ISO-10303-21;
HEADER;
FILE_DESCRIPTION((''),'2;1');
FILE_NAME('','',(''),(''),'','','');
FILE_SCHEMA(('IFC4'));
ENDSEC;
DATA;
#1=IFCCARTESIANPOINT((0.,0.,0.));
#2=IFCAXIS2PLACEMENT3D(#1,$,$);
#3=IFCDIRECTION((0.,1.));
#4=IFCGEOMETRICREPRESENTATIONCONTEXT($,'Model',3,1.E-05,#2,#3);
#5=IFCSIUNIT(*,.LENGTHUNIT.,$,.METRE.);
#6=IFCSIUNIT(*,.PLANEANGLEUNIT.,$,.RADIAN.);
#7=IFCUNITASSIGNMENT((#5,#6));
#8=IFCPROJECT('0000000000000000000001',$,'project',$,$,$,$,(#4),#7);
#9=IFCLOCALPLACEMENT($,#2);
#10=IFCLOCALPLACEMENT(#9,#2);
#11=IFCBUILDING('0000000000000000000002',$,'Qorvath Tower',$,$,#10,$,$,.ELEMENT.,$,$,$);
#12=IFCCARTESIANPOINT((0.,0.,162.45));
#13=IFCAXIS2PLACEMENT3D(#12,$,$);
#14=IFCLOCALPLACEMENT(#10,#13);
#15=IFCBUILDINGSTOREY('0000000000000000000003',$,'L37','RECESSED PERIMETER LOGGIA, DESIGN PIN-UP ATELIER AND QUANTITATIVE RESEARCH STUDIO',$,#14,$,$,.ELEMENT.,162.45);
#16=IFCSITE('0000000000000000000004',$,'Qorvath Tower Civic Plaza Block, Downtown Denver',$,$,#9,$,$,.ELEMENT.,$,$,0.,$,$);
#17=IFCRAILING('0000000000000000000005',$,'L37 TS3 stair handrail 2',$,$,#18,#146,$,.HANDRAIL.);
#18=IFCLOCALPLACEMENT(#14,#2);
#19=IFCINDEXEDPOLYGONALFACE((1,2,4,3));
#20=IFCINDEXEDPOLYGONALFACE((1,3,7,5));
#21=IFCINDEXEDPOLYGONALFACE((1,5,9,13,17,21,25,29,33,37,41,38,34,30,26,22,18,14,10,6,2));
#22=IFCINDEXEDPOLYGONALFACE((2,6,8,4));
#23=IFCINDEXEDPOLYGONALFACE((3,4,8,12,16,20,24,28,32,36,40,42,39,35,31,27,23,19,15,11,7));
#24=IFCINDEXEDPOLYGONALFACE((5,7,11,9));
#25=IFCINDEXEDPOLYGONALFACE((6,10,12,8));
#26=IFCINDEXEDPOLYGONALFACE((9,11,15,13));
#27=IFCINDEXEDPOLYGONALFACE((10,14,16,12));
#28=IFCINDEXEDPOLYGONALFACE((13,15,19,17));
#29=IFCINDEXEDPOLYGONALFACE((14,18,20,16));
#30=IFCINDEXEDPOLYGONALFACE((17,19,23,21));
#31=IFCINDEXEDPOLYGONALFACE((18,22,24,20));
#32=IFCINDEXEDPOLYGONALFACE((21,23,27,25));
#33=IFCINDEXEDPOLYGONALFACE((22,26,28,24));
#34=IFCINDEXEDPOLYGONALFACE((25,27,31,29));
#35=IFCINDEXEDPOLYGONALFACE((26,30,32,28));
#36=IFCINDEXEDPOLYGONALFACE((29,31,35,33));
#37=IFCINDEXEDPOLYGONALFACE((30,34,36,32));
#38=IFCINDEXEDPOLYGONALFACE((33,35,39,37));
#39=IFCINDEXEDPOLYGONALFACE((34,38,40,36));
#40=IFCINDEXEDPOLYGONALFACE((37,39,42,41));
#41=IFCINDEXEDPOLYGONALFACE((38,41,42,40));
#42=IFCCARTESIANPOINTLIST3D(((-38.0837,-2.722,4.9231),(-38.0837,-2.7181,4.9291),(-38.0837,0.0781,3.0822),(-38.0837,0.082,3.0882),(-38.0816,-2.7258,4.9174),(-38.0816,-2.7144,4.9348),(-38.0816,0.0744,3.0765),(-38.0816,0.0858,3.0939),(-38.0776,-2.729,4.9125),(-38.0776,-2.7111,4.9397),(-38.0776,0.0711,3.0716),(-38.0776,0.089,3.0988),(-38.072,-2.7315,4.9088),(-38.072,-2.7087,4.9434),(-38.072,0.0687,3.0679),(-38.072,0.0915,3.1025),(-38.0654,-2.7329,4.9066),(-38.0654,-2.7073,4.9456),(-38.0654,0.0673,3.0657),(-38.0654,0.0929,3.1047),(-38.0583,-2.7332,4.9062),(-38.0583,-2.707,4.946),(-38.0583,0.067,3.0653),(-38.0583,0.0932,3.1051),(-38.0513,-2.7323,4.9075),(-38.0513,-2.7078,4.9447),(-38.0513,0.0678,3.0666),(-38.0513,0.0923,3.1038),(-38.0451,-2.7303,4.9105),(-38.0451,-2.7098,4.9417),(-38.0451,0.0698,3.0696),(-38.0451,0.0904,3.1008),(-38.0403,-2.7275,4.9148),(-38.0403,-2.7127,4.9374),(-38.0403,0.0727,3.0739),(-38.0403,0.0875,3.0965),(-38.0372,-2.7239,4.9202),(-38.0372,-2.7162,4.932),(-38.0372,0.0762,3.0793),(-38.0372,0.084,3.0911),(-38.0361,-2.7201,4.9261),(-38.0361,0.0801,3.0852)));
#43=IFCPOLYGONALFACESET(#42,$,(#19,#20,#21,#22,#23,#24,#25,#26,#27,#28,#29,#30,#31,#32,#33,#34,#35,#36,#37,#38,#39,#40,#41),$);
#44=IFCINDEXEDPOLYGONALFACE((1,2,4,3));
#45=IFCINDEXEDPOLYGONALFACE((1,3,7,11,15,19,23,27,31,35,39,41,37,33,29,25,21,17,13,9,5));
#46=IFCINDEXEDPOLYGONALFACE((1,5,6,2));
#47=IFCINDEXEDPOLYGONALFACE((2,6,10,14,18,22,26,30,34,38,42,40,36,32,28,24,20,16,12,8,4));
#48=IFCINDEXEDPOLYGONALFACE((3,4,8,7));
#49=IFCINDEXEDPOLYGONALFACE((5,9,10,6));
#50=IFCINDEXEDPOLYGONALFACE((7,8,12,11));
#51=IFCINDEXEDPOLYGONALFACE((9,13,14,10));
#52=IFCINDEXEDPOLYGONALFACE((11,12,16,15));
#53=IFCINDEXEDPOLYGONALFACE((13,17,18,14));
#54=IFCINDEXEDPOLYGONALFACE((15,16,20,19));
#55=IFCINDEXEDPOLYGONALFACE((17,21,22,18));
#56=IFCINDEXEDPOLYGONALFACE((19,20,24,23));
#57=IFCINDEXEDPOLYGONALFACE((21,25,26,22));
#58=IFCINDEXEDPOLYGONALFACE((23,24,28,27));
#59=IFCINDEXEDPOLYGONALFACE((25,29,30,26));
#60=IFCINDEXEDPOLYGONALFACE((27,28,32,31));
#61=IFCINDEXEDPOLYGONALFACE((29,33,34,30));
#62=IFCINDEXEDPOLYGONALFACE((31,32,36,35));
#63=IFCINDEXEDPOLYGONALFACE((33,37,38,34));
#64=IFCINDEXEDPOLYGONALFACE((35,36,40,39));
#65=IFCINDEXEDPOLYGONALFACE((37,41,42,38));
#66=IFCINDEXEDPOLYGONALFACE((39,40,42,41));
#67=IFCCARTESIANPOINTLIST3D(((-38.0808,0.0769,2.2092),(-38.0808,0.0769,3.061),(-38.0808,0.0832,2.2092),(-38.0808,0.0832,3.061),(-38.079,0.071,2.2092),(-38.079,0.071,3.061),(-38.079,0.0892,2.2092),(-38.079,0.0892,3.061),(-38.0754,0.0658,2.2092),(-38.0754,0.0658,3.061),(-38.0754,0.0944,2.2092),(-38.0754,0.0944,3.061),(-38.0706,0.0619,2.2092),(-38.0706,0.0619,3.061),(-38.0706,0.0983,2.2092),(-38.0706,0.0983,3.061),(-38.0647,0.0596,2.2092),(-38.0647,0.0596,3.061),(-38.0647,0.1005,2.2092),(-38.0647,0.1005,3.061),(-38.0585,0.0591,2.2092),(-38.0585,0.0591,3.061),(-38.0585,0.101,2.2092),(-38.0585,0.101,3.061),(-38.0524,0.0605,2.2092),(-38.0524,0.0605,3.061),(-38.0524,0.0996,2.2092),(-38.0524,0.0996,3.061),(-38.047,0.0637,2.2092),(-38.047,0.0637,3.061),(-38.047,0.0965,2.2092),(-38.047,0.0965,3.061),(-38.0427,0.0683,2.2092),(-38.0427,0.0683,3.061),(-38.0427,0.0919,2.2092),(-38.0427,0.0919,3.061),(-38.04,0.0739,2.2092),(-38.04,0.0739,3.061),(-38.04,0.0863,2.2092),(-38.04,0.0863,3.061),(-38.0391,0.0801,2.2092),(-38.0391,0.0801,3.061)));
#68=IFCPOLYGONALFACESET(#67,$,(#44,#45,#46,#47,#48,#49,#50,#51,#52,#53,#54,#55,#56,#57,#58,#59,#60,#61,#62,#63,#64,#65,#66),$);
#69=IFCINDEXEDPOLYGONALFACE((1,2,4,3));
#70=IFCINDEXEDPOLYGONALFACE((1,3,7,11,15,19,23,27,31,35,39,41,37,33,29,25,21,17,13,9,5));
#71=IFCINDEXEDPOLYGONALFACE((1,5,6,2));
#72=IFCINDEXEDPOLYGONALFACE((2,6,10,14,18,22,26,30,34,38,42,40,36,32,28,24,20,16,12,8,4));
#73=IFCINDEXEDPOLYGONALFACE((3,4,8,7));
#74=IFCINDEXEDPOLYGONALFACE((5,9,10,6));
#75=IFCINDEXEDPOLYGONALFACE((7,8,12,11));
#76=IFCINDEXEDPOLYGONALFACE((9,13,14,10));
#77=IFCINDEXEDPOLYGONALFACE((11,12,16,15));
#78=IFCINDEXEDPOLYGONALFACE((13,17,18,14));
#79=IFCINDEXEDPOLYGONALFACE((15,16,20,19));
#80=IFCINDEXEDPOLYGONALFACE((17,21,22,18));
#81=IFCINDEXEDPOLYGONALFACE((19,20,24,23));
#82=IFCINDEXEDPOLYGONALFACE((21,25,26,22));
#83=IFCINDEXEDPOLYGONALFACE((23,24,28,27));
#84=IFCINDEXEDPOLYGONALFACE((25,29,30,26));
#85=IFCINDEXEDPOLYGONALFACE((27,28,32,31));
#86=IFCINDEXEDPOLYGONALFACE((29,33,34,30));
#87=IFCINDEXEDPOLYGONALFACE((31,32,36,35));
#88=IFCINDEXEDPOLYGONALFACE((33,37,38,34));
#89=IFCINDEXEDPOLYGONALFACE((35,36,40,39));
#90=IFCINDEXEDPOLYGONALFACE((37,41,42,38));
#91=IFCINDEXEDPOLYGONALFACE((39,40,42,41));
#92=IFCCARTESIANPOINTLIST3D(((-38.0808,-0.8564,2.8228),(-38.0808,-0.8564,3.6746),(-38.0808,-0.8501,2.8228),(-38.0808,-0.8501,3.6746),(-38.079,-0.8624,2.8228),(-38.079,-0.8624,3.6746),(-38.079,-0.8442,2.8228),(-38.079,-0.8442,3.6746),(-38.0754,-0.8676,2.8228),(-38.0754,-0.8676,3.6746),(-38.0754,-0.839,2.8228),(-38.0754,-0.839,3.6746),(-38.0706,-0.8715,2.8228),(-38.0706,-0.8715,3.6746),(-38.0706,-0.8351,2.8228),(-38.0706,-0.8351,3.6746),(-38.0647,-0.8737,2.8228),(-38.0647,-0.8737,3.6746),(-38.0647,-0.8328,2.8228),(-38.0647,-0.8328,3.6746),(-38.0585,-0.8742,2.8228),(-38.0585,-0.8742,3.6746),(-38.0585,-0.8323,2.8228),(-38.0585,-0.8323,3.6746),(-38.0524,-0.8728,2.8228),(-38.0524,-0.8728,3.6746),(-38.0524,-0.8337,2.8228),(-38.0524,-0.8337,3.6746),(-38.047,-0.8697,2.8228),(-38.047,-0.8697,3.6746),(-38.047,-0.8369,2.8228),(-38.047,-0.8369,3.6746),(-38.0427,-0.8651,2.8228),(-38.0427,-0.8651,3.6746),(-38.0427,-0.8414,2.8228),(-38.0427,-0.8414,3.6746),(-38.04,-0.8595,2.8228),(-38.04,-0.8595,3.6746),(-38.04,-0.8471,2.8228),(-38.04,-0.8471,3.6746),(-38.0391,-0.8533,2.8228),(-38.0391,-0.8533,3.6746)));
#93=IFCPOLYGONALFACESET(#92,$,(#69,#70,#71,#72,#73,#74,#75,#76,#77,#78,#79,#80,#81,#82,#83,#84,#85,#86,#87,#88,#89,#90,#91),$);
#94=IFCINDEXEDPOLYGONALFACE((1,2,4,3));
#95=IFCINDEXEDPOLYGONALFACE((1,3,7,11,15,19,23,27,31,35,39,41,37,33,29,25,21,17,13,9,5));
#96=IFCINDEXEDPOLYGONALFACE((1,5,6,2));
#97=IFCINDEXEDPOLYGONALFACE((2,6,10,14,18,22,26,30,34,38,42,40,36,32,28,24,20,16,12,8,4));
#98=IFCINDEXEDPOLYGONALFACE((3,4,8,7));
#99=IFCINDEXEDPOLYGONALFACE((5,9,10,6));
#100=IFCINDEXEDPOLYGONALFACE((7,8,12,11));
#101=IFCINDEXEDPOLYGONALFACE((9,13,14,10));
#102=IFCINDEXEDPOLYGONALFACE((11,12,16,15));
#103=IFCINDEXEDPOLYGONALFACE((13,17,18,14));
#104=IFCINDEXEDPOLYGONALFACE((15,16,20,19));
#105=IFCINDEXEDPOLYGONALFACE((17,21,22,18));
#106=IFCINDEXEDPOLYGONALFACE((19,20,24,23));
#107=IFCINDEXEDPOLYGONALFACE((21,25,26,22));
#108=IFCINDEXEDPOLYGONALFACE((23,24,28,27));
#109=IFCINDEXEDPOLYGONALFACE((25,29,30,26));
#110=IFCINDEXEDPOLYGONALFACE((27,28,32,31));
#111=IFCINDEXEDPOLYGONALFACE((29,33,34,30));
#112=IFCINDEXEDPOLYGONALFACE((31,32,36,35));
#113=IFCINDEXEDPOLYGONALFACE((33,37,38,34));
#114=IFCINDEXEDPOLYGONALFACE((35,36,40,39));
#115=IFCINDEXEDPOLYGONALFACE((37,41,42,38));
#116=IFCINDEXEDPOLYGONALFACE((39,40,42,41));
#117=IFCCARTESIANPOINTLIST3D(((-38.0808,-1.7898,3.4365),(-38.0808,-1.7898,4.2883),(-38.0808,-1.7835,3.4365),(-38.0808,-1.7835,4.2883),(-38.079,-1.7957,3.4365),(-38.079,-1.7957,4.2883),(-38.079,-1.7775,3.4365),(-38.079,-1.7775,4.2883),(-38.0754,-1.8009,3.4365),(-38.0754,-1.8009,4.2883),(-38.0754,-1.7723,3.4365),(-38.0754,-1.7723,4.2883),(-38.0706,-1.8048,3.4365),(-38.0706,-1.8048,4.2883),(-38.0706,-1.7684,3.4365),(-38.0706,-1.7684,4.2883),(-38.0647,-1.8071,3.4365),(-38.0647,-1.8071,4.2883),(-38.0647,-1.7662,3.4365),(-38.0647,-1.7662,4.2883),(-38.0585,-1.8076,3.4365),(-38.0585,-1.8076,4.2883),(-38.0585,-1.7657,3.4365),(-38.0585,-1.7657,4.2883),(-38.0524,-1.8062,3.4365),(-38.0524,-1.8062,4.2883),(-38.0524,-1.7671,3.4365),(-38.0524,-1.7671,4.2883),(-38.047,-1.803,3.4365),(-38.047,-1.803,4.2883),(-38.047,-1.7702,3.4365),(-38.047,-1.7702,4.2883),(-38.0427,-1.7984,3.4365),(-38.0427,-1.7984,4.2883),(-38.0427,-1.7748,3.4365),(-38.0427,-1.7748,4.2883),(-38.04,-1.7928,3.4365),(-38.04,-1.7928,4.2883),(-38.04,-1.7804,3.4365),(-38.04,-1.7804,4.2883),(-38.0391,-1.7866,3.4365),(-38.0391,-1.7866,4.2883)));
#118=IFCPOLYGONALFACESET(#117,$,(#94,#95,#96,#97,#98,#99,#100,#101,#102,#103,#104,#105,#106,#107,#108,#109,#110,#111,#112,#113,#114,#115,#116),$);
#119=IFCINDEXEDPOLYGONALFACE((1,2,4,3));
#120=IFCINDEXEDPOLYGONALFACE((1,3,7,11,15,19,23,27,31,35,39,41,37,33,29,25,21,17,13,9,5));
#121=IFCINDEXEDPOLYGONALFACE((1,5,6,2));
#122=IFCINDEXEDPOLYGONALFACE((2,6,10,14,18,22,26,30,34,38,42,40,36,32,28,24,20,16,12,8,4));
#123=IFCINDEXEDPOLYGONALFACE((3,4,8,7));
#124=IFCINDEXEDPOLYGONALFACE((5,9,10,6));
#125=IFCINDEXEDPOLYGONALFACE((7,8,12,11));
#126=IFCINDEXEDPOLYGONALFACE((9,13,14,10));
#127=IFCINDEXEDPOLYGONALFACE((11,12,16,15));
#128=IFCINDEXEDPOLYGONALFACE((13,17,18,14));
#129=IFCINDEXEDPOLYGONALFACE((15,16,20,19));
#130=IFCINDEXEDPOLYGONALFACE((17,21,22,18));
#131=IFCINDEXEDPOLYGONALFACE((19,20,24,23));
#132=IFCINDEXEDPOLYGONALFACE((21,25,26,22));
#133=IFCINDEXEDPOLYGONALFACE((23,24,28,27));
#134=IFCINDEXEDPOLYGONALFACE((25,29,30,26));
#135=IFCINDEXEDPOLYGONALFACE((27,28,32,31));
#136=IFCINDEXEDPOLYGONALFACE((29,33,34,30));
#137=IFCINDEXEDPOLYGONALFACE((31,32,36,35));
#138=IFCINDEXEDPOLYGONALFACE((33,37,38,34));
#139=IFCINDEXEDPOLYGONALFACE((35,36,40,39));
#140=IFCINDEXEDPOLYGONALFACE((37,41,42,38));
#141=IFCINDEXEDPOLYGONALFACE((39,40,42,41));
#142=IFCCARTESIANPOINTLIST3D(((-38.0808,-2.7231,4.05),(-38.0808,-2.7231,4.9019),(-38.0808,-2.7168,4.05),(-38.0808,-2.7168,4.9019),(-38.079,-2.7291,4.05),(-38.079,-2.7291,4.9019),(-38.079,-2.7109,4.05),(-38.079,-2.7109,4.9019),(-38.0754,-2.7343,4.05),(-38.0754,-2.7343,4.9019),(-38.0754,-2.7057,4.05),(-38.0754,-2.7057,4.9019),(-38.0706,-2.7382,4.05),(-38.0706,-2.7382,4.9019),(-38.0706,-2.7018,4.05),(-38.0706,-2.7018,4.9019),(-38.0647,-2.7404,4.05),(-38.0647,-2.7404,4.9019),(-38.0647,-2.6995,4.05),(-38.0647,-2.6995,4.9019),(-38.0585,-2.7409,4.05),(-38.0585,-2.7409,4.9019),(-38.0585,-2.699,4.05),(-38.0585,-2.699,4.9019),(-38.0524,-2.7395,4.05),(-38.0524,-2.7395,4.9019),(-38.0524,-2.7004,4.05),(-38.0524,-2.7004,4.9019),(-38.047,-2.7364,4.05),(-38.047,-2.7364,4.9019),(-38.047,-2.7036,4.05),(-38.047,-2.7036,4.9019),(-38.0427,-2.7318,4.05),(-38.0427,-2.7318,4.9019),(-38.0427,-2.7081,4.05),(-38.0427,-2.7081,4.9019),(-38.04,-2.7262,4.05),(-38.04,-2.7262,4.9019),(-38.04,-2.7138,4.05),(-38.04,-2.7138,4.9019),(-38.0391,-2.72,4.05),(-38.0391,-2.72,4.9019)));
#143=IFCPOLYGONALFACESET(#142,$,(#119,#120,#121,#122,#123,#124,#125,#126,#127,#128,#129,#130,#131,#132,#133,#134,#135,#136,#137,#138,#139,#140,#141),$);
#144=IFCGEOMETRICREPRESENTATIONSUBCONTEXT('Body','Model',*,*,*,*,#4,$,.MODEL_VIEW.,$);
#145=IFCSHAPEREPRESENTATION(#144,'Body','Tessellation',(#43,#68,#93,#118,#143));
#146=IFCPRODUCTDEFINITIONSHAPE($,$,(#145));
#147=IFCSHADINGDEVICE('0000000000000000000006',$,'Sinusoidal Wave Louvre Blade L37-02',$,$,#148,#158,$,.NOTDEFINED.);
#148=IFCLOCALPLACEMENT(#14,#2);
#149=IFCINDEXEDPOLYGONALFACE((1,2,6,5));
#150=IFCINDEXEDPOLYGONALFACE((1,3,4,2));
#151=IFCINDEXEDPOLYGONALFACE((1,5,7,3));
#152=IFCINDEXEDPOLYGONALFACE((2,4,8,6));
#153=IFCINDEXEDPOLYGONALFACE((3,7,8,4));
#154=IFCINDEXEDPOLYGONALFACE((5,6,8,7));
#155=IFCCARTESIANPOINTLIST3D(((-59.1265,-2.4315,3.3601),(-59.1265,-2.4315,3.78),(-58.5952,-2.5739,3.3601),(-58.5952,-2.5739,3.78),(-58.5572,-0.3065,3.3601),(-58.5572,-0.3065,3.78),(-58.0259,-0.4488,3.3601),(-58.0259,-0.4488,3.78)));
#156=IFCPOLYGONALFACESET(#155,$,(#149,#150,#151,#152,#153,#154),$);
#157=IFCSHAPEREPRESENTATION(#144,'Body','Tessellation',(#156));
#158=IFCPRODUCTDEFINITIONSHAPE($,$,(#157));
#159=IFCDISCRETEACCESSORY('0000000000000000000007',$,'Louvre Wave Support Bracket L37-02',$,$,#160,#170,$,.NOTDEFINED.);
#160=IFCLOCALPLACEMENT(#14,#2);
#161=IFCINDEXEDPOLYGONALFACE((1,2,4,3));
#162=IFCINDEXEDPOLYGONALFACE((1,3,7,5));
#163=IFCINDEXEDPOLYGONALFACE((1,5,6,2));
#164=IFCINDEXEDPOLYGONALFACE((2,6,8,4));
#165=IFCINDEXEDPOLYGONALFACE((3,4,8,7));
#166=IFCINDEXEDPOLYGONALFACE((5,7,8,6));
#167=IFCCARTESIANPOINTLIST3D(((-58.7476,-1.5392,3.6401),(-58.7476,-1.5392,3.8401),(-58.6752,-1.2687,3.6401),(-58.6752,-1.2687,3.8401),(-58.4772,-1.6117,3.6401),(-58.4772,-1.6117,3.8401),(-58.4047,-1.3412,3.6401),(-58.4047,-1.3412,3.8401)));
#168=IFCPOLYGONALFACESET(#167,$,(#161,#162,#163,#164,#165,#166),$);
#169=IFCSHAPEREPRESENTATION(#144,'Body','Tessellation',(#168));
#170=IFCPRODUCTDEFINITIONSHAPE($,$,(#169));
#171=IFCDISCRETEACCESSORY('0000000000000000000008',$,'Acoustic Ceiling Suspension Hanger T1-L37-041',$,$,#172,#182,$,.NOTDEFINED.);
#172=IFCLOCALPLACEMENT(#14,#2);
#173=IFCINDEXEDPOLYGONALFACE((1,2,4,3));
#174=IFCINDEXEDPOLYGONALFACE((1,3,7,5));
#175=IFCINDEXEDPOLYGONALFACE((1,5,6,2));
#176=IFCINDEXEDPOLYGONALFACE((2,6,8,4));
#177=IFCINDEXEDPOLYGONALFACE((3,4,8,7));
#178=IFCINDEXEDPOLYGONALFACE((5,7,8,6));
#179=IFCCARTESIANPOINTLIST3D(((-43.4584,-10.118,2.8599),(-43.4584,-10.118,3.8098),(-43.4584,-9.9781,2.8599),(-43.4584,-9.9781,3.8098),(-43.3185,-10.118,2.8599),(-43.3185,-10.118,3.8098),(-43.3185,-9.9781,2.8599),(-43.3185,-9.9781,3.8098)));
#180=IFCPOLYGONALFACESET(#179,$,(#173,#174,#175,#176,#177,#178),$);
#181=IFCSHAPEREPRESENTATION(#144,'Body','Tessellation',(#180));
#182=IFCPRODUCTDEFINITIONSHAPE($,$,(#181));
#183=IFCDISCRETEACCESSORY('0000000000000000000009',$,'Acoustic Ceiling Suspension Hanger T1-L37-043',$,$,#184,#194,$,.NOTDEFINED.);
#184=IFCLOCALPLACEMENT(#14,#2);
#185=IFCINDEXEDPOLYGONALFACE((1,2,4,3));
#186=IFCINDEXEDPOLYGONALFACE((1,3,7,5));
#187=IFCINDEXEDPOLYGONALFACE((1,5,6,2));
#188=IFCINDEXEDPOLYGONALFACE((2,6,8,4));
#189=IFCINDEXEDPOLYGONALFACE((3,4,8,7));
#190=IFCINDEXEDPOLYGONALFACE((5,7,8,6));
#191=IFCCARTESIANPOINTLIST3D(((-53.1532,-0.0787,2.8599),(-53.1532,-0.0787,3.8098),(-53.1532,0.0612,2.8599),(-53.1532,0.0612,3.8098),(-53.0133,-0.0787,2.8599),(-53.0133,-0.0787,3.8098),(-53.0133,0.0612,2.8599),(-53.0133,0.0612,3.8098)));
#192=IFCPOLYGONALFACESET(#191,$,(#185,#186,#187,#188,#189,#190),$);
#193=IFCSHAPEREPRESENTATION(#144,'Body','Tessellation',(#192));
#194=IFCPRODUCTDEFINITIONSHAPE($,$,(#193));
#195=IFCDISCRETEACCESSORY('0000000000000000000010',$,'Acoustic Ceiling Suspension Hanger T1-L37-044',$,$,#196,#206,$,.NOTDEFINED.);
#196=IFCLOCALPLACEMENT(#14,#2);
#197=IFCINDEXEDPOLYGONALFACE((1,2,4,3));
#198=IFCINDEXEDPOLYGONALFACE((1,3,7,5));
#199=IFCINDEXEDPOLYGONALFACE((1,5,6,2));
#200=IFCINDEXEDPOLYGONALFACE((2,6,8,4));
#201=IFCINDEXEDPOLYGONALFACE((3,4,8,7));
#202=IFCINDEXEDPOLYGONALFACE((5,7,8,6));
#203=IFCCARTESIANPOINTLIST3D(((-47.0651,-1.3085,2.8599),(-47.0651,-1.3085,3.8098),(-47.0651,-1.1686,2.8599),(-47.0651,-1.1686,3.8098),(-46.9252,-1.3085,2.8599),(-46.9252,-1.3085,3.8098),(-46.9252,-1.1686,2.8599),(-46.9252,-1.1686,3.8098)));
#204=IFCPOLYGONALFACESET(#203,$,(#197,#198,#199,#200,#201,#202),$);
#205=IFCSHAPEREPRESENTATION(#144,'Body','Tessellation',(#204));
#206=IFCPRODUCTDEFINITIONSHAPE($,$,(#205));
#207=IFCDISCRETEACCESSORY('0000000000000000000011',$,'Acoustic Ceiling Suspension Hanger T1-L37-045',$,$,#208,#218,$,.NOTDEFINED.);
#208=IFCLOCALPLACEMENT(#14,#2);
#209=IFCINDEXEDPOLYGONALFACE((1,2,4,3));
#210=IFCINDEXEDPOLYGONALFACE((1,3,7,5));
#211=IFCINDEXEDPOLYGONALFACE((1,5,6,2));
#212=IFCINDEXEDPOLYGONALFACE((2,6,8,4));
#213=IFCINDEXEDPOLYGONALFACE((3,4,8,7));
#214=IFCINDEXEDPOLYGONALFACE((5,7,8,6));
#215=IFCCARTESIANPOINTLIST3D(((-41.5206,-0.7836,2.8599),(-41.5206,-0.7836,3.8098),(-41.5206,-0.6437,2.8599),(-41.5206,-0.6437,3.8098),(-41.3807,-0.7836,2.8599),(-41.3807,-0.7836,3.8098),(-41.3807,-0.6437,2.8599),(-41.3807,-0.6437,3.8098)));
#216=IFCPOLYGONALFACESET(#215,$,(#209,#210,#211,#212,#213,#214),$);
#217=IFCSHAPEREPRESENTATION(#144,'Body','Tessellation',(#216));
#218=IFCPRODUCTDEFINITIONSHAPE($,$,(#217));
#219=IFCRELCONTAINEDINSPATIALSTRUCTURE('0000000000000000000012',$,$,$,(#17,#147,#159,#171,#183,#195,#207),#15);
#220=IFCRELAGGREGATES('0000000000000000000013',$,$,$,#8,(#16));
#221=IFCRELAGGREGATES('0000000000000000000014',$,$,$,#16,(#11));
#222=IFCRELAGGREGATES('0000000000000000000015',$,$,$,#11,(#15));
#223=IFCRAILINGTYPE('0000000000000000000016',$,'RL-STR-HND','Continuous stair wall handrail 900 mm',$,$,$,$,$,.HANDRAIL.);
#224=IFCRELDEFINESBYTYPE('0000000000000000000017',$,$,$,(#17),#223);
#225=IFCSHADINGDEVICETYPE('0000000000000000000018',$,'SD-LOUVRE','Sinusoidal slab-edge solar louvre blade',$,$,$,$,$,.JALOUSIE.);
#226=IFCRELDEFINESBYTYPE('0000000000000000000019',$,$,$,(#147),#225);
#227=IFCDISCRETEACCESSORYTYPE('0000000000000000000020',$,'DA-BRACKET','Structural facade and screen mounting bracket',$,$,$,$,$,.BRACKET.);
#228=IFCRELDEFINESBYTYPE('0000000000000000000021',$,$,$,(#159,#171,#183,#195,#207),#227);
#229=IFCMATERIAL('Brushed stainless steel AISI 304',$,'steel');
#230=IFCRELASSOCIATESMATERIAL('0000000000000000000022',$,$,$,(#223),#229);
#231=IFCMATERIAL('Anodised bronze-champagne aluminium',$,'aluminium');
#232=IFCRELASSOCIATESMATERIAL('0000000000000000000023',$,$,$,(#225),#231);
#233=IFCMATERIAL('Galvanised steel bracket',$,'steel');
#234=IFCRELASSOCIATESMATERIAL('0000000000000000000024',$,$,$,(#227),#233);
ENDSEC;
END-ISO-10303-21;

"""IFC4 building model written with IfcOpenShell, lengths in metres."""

from ifc_helpers import new_model, si_unit, direction, frame, origin, origin_2d, place, context, subcontext, project, spatial, rectangle, circle, extrude, material, type_object, element, save


model = new_model("IFC4")

# Units and contexts
model_context = context("Model", 3, precision=1e-05, world=origin(), true_north=direction((0.0, 1.0)))
body_context = subcontext(model_context, "Body", "Model", "MODEL_VIEW")
ifc_project = project(units=[si_unit("LENGTHUNIT", "METRE"), si_unit("PLANEANGLEUNIT", "RADIAN")], contexts=[model_context])

# Site, building, storey
site_placement = place(None, origin())
site = spatial("IfcSite", under=ifc_project, at=site_placement, Name="Qorvath Tower Civic Plaza Block, Downtown Denver", CompositionType="ELEMENT", RefElevation=0.0)
building_placement = place(site_placement, origin())
building = spatial("IfcBuilding", under=site, at=building_placement, Name="Qorvath Tower", CompositionType="ELEMENT")
storey_placement = place(building_placement, frame((0.0, 0.0, 162.45)))
storey = spatial("IfcBuildingStorey", under=building, at=storey_placement, Name="L37", Description="RECESSED PERIMETER LOGGIA, DESIGN PIN-UP ATELIER AND QUANTITATIVE RESEARCH STUDIO", CompositionType="ELEMENT", Elevation=162.45)

# Railing
ifc_material_1 = material(Name="Brushed stainless steel AISI 304", Category="steel")
railing_type = type_object("IfcRailingType", Name="RL-STR-HND", Description="Continuous stair wall handrail 900 mm", PredefinedType="HANDRAIL", material=ifc_material_1)
railing_placement = place(storey_placement, frame((-38.0601, 0.0801, 2.2092)))
element("IfcRailing", 1, at=railing_placement, inside=storey, type_object=railing_type, Name="L37 TS3 stair handrail 2", PredefinedType="HANDRAIL", context=body_context, shape_type="SweptSolid", body=[
    extrude(circle(Radius=0.0239, at=origin_2d()), frame((0.0, 0.0, 0.876), z_axis=(0.0, -0.835598, 0.549342), x_axis=(1.0, 0.0, 0.0)), (0.0, 0.0, 1.0), 3.3511),
    extrude(circle(Radius=0.021, at=origin_2d()), origin(), (0.0, 0.0, 1.0), 0.8518),
    extrude(circle(Radius=0.021, at=origin_2d()), frame((0.0, -0.9333, 0.6135)), (0.0, 0.0, 1.0), 0.8518),
    extrude(circle(Radius=0.021, at=origin_2d()), frame((0.0, -1.8667, 1.2273)), (0.0, 0.0, 1.0), 0.8518),
    extrude(circle(Radius=0.021, at=origin_2d()), frame((0.0, -2.8, 1.8408)), (0.0, 0.0, 1.0), 0.8518),
])

# Shading device
ifc_material_2 = material(Name="Anodised bronze-champagne aluminium", Category="aluminium")
shading_device_type = type_object("IfcShadingDeviceType", Name="SD-LOUVRE", Description="Sinusoidal slab-edge solar louvre blade", PredefinedType="JALOUSIE", material=ifc_material_2)
shading_device_placement = place(storey_placement, frame((-58.5762, -1.4402, 3.3601), z_axis=(0.0, 0.0, 1.0), x_axis=(-0.25877, -0.965939, 0.0)))
element("IfcShadingDevice", 2, at=shading_device_placement, inside=storey, type_object=shading_device_type, Name="Sinusoidal Wave Louvre Blade L37-02", PredefinedType="NOTDEFINED", context=body_context, shape_type="SweptSolid", body=[
    extrude(rectangle(XDim=2.2, YDim=0.55, at=origin_2d()), origin(), (0.0, 0.0, 1.0), 0.4199),
])

# Discrete accessories
ifc_material_3 = material(Name="Galvanised steel bracket", Category="steel")
discrete_accessory_type = type_object("IfcDiscreteAccessoryType", Name="DA-BRACKET", Description="Structural facade and screen mounting bracket", PredefinedType="BRACKET", material=ifc_material_3)
discrete_accessory_placement = place(storey_placement, frame((-58.5762, -1.4402, 3.6401), z_axis=(0.0, 0.0, 1.0), x_axis=(-0.25877, -0.965939, 0.0)))
element("IfcDiscreteAccessory", 3, at=discrete_accessory_placement, inside=storey, type_object=discrete_accessory_type, Name="Louvre Wave Support Bracket L37-02", PredefinedType="NOTDEFINED", context=body_context, shape_type="SweptSolid", body=[
    extrude(rectangle(XDim=0.28, YDim=0.28, at=origin_2d()), origin(), (0.0, 0.0, 1.0), 0.2),
])
for number, where, z_axis, x_axis, name in (
    (4, (-43.3884, -10.0481, 2.8599), (0.0, 0.0, 1.0), (1.0, 0.0, 0.0), "Acoustic Ceiling Suspension Hanger T1-L37-041"),
    (5, (-53.0833, -0.0088, 2.8599), (0.0, 0.0, 1.0), (1.0, 0.0, 0.0), "Acoustic Ceiling Suspension Hanger T1-L37-043"),
    (6, (-46.9951, -1.2385, 2.8599), (0.0, 0.0, 1.0), (1.0, 0.0, 0.0), "Acoustic Ceiling Suspension Hanger T1-L37-044"),
    (7, (-41.4507, -0.7136, 2.8599), (0.0, 0.0, 1.0), (1.0, 0.0, 0.0), "Acoustic Ceiling Suspension Hanger T1-L37-045"),
):
    element("IfcDiscreteAccessory", number, at=place(storey_placement, frame(where, z_axis=z_axis, x_axis=x_axis)), inside=storey, type_object=discrete_accessory_type, Name=name, PredefinedType="NOTDEFINED", context=body_context, shape_type="SweptSolid", body=[
        extrude(rectangle(XDim=0.1399, YDim=0.1399, at=origin_2d()), origin(), (0.0, 0.0, 1.0), 0.95),
    ])

save(model, "model.ifc")
